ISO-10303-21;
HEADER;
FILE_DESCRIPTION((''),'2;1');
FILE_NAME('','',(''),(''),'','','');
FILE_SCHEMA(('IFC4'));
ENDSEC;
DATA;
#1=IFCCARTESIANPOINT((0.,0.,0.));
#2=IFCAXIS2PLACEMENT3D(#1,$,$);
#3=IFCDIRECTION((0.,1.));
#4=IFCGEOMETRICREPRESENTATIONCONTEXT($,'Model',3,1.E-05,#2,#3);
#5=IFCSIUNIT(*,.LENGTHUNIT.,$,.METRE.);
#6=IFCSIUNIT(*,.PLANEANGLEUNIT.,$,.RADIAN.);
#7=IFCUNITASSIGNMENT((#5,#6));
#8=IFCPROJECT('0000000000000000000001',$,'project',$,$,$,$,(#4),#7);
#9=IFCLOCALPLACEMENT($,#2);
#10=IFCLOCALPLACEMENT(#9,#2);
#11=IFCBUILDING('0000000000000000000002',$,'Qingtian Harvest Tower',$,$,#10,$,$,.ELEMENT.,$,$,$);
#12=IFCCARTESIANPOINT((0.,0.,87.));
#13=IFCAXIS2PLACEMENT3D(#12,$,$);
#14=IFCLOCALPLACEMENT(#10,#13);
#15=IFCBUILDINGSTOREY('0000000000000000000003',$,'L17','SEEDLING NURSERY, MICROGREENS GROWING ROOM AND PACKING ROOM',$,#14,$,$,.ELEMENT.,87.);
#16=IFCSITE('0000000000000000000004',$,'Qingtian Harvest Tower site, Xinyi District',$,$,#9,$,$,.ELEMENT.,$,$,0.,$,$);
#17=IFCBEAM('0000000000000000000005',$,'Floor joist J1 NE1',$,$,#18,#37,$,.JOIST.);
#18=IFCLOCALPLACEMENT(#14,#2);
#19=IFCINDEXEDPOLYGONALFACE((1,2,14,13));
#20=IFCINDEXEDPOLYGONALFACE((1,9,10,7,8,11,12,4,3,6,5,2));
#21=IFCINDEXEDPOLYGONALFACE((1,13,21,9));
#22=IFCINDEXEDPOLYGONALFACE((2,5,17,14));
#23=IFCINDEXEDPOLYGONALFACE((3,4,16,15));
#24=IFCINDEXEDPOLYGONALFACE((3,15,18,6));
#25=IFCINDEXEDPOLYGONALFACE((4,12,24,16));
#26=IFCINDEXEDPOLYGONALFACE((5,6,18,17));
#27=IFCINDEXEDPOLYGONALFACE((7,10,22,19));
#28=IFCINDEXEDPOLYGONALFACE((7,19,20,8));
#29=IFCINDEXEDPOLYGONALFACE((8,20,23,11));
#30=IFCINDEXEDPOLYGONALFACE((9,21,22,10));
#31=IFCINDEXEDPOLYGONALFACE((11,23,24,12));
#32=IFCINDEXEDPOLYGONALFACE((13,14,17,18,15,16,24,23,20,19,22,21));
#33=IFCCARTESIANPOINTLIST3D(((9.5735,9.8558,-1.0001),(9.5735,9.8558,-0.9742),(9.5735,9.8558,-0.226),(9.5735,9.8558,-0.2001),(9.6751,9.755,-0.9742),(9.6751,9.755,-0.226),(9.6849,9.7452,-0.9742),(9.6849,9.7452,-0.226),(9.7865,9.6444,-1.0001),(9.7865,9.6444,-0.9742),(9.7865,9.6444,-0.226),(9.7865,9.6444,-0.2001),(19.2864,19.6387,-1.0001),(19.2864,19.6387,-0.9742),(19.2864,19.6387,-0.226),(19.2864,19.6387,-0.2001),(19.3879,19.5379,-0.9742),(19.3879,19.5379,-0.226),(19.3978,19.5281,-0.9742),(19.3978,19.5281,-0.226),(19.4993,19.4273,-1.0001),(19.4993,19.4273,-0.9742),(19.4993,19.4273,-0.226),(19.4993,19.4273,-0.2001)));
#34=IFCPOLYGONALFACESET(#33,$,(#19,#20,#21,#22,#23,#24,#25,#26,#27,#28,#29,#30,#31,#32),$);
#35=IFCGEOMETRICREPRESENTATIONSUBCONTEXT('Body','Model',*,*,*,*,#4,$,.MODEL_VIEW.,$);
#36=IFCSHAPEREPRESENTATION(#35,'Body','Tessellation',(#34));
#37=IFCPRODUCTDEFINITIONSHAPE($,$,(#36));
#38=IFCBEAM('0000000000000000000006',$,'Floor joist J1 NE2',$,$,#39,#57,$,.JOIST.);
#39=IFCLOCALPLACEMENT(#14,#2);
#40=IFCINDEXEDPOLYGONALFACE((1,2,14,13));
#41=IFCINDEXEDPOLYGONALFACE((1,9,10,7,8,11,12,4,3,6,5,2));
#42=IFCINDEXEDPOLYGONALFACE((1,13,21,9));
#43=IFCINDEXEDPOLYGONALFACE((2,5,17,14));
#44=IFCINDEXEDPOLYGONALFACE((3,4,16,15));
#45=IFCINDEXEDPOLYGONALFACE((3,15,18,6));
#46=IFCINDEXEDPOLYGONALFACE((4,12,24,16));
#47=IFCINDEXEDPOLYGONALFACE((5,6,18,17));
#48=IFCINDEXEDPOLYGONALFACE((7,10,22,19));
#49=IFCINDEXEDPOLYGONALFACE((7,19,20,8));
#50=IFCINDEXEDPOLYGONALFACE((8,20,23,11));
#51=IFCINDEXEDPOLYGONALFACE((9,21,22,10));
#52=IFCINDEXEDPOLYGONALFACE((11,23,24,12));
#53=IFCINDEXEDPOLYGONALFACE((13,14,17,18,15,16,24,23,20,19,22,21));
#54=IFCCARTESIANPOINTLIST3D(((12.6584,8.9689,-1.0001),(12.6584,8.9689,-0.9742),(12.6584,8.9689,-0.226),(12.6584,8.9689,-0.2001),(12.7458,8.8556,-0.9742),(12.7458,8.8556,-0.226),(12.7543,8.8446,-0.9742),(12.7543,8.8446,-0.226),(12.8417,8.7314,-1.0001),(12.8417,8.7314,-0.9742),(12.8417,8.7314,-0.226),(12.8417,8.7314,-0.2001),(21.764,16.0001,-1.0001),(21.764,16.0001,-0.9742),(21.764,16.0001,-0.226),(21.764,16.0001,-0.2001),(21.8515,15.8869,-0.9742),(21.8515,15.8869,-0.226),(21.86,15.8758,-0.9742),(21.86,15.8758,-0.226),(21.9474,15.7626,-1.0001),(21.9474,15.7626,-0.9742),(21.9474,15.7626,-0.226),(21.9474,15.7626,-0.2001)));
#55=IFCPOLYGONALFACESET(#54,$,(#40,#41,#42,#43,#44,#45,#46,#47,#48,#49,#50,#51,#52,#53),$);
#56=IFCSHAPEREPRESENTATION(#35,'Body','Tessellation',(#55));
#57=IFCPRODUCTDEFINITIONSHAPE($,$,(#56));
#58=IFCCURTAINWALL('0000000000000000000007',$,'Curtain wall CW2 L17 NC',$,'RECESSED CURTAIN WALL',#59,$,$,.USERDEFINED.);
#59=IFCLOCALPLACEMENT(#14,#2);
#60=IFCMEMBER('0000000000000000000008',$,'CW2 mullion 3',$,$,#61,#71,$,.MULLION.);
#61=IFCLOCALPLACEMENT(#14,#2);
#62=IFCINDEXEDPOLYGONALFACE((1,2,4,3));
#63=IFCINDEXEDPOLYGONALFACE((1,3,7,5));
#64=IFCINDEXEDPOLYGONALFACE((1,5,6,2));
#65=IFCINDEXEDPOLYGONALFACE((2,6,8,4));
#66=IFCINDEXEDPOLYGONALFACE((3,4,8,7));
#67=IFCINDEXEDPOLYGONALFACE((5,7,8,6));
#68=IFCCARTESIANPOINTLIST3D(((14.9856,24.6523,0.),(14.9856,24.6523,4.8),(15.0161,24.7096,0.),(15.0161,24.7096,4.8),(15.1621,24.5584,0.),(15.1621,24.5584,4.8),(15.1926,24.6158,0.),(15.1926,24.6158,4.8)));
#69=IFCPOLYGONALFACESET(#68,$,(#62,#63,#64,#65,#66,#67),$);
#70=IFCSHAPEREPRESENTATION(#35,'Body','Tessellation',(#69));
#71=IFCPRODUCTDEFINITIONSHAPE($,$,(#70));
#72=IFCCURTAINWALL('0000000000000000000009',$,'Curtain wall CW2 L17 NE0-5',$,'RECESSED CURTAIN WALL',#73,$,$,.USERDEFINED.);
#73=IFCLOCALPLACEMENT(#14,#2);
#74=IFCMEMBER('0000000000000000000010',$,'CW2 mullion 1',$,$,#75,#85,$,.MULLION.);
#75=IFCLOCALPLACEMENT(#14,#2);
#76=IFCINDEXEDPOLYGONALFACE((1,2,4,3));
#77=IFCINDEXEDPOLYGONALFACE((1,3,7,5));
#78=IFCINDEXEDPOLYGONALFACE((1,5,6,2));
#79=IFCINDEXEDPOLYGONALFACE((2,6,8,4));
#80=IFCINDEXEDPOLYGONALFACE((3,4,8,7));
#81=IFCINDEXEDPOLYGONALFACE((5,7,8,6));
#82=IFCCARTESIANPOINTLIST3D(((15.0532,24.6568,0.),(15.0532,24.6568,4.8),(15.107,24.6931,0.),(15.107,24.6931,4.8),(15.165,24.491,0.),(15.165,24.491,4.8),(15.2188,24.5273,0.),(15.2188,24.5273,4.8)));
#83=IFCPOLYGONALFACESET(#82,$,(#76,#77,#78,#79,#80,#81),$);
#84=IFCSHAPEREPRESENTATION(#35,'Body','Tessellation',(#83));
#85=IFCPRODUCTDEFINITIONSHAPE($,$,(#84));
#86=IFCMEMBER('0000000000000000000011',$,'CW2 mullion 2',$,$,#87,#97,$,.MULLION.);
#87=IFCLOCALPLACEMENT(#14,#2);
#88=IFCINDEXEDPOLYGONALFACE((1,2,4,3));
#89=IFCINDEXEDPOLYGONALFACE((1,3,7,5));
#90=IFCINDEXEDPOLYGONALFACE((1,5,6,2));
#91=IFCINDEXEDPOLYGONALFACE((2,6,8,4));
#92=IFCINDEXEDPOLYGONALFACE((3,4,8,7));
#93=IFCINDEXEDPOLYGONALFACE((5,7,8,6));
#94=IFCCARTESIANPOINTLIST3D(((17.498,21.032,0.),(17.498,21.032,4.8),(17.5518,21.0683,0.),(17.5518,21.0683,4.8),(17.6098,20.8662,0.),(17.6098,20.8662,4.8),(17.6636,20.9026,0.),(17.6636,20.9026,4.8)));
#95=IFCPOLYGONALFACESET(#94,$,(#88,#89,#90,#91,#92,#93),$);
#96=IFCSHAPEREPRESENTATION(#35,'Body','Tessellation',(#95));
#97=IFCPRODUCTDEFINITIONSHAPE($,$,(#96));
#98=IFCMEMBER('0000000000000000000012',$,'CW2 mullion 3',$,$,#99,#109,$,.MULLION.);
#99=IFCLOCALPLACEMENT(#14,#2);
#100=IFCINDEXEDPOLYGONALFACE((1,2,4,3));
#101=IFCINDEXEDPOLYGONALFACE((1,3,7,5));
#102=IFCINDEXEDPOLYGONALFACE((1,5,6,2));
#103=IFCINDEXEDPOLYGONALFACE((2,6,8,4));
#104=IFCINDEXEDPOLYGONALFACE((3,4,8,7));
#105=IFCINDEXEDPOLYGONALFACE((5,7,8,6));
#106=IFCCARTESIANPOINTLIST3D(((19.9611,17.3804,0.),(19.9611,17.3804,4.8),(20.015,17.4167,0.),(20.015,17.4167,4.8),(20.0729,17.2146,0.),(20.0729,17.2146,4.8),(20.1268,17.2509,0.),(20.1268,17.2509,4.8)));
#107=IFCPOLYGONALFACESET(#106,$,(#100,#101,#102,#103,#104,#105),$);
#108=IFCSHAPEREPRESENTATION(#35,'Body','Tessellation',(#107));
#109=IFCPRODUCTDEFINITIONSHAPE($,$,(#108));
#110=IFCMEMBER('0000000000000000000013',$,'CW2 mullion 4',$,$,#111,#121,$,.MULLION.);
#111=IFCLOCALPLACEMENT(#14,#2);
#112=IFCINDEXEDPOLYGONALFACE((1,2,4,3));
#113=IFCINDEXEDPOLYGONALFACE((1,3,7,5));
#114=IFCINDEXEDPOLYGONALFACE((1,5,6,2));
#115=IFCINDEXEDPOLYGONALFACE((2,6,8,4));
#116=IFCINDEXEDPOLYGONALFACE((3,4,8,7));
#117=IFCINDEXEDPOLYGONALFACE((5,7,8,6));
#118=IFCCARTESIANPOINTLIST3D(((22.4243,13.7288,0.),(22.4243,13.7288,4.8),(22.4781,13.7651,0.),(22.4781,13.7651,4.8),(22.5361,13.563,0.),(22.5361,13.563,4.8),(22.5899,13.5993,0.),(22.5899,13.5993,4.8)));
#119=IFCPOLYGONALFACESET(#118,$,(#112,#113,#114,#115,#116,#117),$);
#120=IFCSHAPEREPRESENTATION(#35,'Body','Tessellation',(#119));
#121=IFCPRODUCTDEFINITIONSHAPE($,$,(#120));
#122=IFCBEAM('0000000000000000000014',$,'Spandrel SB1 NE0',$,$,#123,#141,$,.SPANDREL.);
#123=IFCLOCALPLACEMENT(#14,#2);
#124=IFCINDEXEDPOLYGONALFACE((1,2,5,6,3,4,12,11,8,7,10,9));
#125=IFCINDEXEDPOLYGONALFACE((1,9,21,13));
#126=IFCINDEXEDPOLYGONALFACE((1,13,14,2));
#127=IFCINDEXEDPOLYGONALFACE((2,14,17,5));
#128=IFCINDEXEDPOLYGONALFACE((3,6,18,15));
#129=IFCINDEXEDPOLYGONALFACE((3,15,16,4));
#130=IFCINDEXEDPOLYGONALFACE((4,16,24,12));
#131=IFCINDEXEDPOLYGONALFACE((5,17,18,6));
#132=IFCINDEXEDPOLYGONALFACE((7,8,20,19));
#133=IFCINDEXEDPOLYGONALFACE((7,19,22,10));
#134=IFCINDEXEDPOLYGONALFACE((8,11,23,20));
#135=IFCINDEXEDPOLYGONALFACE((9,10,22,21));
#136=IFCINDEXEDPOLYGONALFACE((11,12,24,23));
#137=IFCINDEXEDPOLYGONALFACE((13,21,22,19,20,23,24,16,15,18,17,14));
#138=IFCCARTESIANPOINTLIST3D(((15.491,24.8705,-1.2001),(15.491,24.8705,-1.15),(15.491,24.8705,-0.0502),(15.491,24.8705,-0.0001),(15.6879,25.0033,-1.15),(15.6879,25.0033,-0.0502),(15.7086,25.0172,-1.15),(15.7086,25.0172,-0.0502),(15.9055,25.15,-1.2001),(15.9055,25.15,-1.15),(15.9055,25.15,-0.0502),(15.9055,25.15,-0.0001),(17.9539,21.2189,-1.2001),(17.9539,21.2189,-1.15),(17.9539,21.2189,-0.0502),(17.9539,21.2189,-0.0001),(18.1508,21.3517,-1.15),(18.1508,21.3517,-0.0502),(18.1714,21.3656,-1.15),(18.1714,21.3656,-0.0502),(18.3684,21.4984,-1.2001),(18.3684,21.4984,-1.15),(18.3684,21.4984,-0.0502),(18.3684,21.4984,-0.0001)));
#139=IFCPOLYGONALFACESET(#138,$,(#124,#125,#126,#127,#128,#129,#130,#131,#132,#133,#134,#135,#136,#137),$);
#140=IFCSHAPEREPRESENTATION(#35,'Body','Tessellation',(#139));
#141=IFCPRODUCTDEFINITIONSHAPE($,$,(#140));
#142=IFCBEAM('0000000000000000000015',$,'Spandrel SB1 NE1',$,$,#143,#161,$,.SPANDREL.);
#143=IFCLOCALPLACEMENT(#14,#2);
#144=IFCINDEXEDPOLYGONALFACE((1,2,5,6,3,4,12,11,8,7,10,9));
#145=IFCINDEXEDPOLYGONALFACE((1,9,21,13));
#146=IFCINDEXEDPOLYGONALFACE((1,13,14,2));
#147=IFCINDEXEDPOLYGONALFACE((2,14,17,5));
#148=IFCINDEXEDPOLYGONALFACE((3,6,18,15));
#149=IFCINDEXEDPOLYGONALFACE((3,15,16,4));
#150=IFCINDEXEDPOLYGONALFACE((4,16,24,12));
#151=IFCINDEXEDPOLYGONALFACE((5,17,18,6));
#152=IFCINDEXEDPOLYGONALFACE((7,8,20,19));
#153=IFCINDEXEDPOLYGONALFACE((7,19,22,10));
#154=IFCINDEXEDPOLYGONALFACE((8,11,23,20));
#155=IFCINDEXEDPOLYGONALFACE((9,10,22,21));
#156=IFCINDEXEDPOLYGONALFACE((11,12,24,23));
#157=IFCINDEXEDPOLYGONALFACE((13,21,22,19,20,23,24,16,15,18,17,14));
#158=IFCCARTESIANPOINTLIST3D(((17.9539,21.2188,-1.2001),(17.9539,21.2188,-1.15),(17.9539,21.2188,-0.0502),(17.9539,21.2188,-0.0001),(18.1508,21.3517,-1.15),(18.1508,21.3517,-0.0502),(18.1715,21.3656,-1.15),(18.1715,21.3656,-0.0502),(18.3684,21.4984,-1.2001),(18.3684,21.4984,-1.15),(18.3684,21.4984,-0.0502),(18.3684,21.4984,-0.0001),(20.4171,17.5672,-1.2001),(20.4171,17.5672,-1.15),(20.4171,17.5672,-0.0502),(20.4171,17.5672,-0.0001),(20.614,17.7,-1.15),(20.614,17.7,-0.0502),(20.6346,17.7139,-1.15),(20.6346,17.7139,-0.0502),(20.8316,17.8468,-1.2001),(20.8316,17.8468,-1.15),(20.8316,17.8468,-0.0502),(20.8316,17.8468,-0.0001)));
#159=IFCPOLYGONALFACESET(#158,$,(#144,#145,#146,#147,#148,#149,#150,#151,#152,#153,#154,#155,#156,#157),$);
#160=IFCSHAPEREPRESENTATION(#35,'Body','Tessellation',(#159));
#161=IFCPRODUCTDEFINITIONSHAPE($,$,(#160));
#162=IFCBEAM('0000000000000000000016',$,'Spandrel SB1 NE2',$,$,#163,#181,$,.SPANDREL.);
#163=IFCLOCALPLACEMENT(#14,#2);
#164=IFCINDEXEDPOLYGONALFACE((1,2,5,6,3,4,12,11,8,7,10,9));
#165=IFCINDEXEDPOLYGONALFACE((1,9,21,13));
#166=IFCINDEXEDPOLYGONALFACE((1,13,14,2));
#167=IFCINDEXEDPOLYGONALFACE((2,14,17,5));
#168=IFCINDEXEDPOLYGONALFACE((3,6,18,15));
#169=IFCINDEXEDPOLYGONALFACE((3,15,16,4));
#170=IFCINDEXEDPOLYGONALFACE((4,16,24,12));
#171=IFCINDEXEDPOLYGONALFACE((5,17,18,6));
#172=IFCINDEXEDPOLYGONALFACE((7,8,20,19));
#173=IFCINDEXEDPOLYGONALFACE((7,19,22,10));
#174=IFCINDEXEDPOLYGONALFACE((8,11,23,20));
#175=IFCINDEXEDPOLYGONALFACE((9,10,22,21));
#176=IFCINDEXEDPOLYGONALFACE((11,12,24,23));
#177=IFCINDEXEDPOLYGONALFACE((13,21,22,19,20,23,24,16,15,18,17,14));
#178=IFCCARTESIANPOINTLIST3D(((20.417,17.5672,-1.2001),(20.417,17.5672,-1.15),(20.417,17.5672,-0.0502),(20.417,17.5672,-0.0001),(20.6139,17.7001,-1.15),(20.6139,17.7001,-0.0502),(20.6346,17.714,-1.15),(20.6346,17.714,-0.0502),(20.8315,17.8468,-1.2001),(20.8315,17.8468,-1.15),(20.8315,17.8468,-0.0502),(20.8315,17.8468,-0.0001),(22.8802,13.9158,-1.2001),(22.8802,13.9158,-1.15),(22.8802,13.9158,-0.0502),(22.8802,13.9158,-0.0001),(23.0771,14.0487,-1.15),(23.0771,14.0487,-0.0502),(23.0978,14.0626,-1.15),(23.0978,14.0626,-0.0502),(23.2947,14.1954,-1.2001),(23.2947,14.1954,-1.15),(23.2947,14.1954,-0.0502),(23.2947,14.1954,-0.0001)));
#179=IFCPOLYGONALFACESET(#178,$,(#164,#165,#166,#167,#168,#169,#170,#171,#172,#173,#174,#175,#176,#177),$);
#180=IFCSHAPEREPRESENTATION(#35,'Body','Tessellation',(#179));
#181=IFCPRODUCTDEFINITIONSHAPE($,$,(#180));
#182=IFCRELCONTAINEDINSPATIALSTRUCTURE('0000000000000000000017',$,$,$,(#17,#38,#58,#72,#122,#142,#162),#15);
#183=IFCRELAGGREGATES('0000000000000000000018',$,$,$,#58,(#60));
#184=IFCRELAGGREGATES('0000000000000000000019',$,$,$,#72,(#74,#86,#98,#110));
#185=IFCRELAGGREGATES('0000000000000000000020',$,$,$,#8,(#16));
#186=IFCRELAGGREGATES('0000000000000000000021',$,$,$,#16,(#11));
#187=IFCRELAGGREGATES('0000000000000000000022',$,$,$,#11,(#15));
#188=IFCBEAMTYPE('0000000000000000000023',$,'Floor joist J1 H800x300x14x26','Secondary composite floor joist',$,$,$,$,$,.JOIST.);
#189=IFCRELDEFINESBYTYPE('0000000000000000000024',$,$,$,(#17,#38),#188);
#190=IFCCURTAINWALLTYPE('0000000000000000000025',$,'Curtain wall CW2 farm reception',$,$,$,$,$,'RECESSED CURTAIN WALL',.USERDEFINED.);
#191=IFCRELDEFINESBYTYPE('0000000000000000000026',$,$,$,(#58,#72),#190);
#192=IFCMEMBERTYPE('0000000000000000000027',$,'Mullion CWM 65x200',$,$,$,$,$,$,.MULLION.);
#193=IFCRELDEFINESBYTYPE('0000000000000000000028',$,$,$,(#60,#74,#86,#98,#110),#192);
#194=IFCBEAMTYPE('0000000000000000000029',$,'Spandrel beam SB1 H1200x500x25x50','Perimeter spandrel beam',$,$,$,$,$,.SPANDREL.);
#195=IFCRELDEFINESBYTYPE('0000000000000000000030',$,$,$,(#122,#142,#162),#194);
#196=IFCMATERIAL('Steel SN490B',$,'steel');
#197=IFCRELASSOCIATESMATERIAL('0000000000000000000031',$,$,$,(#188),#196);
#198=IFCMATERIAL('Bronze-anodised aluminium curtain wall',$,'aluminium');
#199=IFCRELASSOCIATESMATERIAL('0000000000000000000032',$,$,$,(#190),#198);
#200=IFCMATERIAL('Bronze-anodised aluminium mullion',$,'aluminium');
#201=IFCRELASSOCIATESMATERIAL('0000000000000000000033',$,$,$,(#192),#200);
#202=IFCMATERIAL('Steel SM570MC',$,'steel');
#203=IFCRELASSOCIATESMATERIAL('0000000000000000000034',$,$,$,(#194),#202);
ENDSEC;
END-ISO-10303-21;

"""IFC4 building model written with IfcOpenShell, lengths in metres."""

from ifc_helpers import new_model, si_unit, direction, frame, origin, origin_2d, place, context, subcontext, project, spatial, rectangle, i_section, extrude, material, material_profile, profile_set, type_object, element, aggregate, save


model = new_model("IFC4")

# Units and contexts
model_context = context("Model", 3, precision=1e-05, world=origin(), true_north=direction((0.0, 1.0)))
body_context = subcontext(model_context, "Body", "Model", "MODEL_VIEW")
ifc_project = project(units=[si_unit("LENGTHUNIT", "METRE"), si_unit("PLANEANGLEUNIT", "RADIAN")], contexts=[model_context])

# Site, building, storey
site_placement = place(None, origin())
site = spatial("IfcSite", under=ifc_project, at=site_placement, Name="Qingtian Harvest Tower site, Xinyi District", CompositionType="ELEMENT", RefElevation=0.0)
building_placement = place(site_placement, origin())
building = spatial("IfcBuilding", under=site, at=building_placement, Name="Qingtian Harvest Tower", CompositionType="ELEMENT")
storey_placement = place(building_placement, frame((0.0, 0.0, 87.0)))
storey = spatial("IfcBuildingStorey", under=building, at=storey_placement, Name="L17", Description="SEEDLING NURSERY, MICROGREENS GROWING ROOM AND PACKING ROOM", CompositionType="ELEMENT", Elevation=87.0)

# Beams
ifc_material_1 = material(Name="Steel SN490B", Category="steel")
ifc_material_profile_1 = material_profile(ifc_material_1, i_section(OverallWidth=0.3, OverallDepth=0.8, WebThickness=0.0139, FlangeThickness=0.0259, at=origin_2d()), Name="H800x300x14x26")
ifc_profile_set_1 = profile_set([ifc_material_profile_1], Name="Steel SN490B")
beam_type_1 = type_object("IfcBeamType", Name="Floor joist J1 H800x300x14x26", Description="Secondary composite floor joist", PredefinedType="JOIST", material=ifc_profile_set_1)
beam_1_placement = place(storey_placement, frame((19.3928, 19.533, -0.6001), z_axis=(-0.704561, -0.709644, 0.0), x_axis=(0.709644, -0.704561, 0.0)))
element("IfcBeam", 1, at=beam_1_placement, inside=storey, type_object=beam_type_1, Name="Floor joist J1 NE1", PredefinedType="JOIST", context=body_context, shape_type="SweptSolid", body=[
    extrude(i_section(OverallWidth=0.3, OverallDepth=0.8, WebThickness=0.0139, FlangeThickness=0.0259, at=origin_2d()), origin(), (0.0, 0.0, 1.0), 13.7856),
])
beam_2_placement = place(storey_placement, frame((21.8557, 15.8813, -0.6001), z_axis=(-0.791495, -0.611176, 0.0), x_axis=(0.611176, -0.791495, 0.0)))
element("IfcBeam", 2, at=beam_2_placement, inside=storey, type_object=beam_type_1, Name="Floor joist J1 NE2", PredefinedType="JOIST", context=body_context, shape_type="SweptSolid", body=[
    extrude(i_section(OverallWidth=0.3, OverallDepth=0.8, WebThickness=0.0139, FlangeThickness=0.0259, at=origin_2d()), origin(), (0.0, 0.0, 1.0), 11.5044),
])

# Curtain wall, member
ifc_material_2 = material(Name="Bronze-anodised aluminium curtain wall", Category="aluminium")
curtain_wall_type = type_object("IfcCurtainWallType", Name="Curtain wall CW2 farm reception", ElementType="RECESSED CURTAIN WALL", PredefinedType="USERDEFINED", material=ifc_material_2)
curtain_wall_1_placement = place(storey_placement, origin())
curtain_wall_1 = element("IfcCurtainWall", 3, at=curtain_wall_1_placement, inside=storey, type_object=curtain_wall_type, Name="Curtain wall CW2 L17 NC", ObjectType="RECESSED CURTAIN WALL", PredefinedType="USERDEFINED")
ifc_material_3 = material(Name="Bronze-anodised aluminium mullion", Category="aluminium")
ifc_material_profile_2 = material_profile(ifc_material_3, rectangle(XDim=0.0649, YDim=0.2, at=origin_2d()), Name="AL 65x200")
ifc_profile_set_2 = profile_set([ifc_material_profile_2], Name="Bronze-anodised aluminium mullion")
member_type_1 = type_object("IfcMemberType", Name="Mullion CWM 65x200", PredefinedType="MULLION", material=ifc_profile_set_2)
member_1_placement = place(storey_placement, frame((15.0891, 24.634, 0.0), z_axis=(0.0, 0.0, 1.0), x_axis=(0.469472, 0.882948, 0.0)))
member_1 = element("IfcMember", 4, at=member_1_placement, type_object=member_type_1, Name="CW2 mullion 3", PredefinedType="MULLION", context=body_context, shape_type="SweptSolid", body=[
    extrude(rectangle(XDim=0.0649, YDim=0.2, at=origin_2d()), origin(), (0.0, 0.0, 1.0), 4.8),
])

# Curtain wall, members
curtain_wall_2_placement = place(storey_placement, origin())
curtain_wall_2 = element("IfcCurtainWall", 5, at=curtain_wall_2_placement, inside=storey, type_object=curtain_wall_type, Name="Curtain wall CW2 L17 NE0-5", ObjectType="RECESSED CURTAIN WALL", PredefinedType="USERDEFINED")
member_2_placement = place(storey_placement, frame((15.136, 24.592, 0.0), z_axis=(0.0, 0.0, 1.0), x_axis=(0.829038, 0.559193, 0.0)))
member_2 = element("IfcMember", 6, at=member_2_placement, type_object=member_type_1, Name="CW2 mullion 1", PredefinedType="MULLION", context=body_context, shape_type="SweptSolid", body=[
    extrude(rectangle(XDim=0.0649, YDim=0.2, at=origin_2d()), origin(), (0.0, 0.0, 1.0), 4.8),
])
member_3_placement = place(storey_placement, frame((17.5808, 20.9673, 0.0), z_axis=(0.0, 0.0, 1.0), x_axis=(0.829038, 0.559193, 0.0)))
member_3 = element("IfcMember", 7, at=member_3_placement, type_object=member_type_1, Name="CW2 mullion 2", PredefinedType="MULLION", context=body_context, shape_type="SweptSolid", body=[
    extrude(rectangle(XDim=0.0649, YDim=0.2, at=origin_2d()), origin(), (0.0, 0.0, 1.0), 4.8),
])
member_4_placement = place(storey_placement, frame((20.0439, 17.3157, 0.0), z_axis=(0.0, 0.0, 1.0), x_axis=(0.829038, 0.559193, 0.0)))
member_4 = element("IfcMember", 8, at=member_4_placement, type_object=member_type_1, Name="CW2 mullion 3", PredefinedType="MULLION", context=body_context, shape_type="SweptSolid", body=[
    extrude(rectangle(XDim=0.0649, YDim=0.2, at=origin_2d()), origin(), (0.0, 0.0, 1.0), 4.8),
])
member_5_placement = place(storey_placement, frame((22.5071, 13.6641, 0.0), z_axis=(0.0, 0.0, 1.0), x_axis=(0.829038, 0.559193, 0.0)))
member_5 = element("IfcMember", 9, at=member_5_placement, type_object=member_type_1, Name="CW2 mullion 4", PredefinedType="MULLION", context=body_context, shape_type="SweptSolid", body=[
    extrude(rectangle(XDim=0.0649, YDim=0.2, at=origin_2d()), origin(), (0.0, 0.0, 1.0), 4.8),
])

# Beams
ifc_material_4 = material(Name="Steel SM570MC", Category="steel")
ifc_material_profile_3 = material_profile(ifc_material_4, i_section(OverallWidth=0.5, OverallDepth=1.2, WebThickness=0.0249, FlangeThickness=0.05, at=origin_2d()), Name="H1200x500x25x50")
ifc_profile_set_3 = profile_set([ifc_material_profile_3], Name="Steel SM570MC")
beam_type_2 = type_object("IfcBeamType", Name="Spandrel beam SB1 H1200x500x25x50", Description="Perimeter spandrel beam", PredefinedType="SPANDREL", material=ifc_profile_set_3)
beam_3_placement = place(storey_placement, frame((15.6982, 25.0103, -0.6001), z_axis=(0.559169, -0.829054, 0.0), x_axis=(0.829054, 0.559169, 0.0)))
element("IfcBeam", 10, at=beam_3_placement, inside=storey, type_object=beam_type_2, Name="Spandrel SB1 NE0", PredefinedType="SPANDREL", context=body_context, shape_type="SweptSolid", body=[
    extrude(i_section(OverallWidth=0.5, OverallDepth=1.2, WebThickness=0.0249, FlangeThickness=0.05, at=origin_2d()), origin(), (0.0, 0.0, 1.0), 4.4045),
])
beam_4_placement = place(storey_placement, frame((18.1611, 21.3586, -0.6001), z_axis=(0.559207, -0.829028, 0.0), x_axis=(0.829028, 0.559207, 0.0)))
element("IfcBeam", 11, at=beam_4_placement, inside=storey, type_object=beam_type_2, Name="Spandrel SB1 NE1", PredefinedType="SPANDREL", context=body_context, shape_type="SweptSolid", body=[
    extrude(i_section(OverallWidth=0.5, OverallDepth=1.2, WebThickness=0.0249, FlangeThickness=0.05, at=origin_2d()), origin(), (0.0, 0.0, 1.0), 4.4048),
])
for number, where, z_axis, x_axis, name in (
    (12, (20.6243, 17.707, -0.6001), (0.559233, -0.829011, 0.0), (0.829011, 0.559233, 0.0), "Spandrel SB1 NE2"),
):
    element("IfcBeam", number, at=place(storey_placement, frame(where, z_axis=z_axis, x_axis=x_axis)), inside=storey, type_object=beam_type_2, Name=name, PredefinedType="SPANDREL", context=body_context, shape_type="SweptSolid", body=[
        extrude(i_section(OverallWidth=0.5, OverallDepth=1.2, WebThickness=0.0249, FlangeThickness=0.05, at=origin_2d()), origin(), (0.0, 0.0, 1.0), 4.4045),
    ])

aggregate(curtain_wall_1, [member_1])
aggregate(curtain_wall_2, [member_2, member_3, member_4, member_5])

save(model, "model.ifc")
